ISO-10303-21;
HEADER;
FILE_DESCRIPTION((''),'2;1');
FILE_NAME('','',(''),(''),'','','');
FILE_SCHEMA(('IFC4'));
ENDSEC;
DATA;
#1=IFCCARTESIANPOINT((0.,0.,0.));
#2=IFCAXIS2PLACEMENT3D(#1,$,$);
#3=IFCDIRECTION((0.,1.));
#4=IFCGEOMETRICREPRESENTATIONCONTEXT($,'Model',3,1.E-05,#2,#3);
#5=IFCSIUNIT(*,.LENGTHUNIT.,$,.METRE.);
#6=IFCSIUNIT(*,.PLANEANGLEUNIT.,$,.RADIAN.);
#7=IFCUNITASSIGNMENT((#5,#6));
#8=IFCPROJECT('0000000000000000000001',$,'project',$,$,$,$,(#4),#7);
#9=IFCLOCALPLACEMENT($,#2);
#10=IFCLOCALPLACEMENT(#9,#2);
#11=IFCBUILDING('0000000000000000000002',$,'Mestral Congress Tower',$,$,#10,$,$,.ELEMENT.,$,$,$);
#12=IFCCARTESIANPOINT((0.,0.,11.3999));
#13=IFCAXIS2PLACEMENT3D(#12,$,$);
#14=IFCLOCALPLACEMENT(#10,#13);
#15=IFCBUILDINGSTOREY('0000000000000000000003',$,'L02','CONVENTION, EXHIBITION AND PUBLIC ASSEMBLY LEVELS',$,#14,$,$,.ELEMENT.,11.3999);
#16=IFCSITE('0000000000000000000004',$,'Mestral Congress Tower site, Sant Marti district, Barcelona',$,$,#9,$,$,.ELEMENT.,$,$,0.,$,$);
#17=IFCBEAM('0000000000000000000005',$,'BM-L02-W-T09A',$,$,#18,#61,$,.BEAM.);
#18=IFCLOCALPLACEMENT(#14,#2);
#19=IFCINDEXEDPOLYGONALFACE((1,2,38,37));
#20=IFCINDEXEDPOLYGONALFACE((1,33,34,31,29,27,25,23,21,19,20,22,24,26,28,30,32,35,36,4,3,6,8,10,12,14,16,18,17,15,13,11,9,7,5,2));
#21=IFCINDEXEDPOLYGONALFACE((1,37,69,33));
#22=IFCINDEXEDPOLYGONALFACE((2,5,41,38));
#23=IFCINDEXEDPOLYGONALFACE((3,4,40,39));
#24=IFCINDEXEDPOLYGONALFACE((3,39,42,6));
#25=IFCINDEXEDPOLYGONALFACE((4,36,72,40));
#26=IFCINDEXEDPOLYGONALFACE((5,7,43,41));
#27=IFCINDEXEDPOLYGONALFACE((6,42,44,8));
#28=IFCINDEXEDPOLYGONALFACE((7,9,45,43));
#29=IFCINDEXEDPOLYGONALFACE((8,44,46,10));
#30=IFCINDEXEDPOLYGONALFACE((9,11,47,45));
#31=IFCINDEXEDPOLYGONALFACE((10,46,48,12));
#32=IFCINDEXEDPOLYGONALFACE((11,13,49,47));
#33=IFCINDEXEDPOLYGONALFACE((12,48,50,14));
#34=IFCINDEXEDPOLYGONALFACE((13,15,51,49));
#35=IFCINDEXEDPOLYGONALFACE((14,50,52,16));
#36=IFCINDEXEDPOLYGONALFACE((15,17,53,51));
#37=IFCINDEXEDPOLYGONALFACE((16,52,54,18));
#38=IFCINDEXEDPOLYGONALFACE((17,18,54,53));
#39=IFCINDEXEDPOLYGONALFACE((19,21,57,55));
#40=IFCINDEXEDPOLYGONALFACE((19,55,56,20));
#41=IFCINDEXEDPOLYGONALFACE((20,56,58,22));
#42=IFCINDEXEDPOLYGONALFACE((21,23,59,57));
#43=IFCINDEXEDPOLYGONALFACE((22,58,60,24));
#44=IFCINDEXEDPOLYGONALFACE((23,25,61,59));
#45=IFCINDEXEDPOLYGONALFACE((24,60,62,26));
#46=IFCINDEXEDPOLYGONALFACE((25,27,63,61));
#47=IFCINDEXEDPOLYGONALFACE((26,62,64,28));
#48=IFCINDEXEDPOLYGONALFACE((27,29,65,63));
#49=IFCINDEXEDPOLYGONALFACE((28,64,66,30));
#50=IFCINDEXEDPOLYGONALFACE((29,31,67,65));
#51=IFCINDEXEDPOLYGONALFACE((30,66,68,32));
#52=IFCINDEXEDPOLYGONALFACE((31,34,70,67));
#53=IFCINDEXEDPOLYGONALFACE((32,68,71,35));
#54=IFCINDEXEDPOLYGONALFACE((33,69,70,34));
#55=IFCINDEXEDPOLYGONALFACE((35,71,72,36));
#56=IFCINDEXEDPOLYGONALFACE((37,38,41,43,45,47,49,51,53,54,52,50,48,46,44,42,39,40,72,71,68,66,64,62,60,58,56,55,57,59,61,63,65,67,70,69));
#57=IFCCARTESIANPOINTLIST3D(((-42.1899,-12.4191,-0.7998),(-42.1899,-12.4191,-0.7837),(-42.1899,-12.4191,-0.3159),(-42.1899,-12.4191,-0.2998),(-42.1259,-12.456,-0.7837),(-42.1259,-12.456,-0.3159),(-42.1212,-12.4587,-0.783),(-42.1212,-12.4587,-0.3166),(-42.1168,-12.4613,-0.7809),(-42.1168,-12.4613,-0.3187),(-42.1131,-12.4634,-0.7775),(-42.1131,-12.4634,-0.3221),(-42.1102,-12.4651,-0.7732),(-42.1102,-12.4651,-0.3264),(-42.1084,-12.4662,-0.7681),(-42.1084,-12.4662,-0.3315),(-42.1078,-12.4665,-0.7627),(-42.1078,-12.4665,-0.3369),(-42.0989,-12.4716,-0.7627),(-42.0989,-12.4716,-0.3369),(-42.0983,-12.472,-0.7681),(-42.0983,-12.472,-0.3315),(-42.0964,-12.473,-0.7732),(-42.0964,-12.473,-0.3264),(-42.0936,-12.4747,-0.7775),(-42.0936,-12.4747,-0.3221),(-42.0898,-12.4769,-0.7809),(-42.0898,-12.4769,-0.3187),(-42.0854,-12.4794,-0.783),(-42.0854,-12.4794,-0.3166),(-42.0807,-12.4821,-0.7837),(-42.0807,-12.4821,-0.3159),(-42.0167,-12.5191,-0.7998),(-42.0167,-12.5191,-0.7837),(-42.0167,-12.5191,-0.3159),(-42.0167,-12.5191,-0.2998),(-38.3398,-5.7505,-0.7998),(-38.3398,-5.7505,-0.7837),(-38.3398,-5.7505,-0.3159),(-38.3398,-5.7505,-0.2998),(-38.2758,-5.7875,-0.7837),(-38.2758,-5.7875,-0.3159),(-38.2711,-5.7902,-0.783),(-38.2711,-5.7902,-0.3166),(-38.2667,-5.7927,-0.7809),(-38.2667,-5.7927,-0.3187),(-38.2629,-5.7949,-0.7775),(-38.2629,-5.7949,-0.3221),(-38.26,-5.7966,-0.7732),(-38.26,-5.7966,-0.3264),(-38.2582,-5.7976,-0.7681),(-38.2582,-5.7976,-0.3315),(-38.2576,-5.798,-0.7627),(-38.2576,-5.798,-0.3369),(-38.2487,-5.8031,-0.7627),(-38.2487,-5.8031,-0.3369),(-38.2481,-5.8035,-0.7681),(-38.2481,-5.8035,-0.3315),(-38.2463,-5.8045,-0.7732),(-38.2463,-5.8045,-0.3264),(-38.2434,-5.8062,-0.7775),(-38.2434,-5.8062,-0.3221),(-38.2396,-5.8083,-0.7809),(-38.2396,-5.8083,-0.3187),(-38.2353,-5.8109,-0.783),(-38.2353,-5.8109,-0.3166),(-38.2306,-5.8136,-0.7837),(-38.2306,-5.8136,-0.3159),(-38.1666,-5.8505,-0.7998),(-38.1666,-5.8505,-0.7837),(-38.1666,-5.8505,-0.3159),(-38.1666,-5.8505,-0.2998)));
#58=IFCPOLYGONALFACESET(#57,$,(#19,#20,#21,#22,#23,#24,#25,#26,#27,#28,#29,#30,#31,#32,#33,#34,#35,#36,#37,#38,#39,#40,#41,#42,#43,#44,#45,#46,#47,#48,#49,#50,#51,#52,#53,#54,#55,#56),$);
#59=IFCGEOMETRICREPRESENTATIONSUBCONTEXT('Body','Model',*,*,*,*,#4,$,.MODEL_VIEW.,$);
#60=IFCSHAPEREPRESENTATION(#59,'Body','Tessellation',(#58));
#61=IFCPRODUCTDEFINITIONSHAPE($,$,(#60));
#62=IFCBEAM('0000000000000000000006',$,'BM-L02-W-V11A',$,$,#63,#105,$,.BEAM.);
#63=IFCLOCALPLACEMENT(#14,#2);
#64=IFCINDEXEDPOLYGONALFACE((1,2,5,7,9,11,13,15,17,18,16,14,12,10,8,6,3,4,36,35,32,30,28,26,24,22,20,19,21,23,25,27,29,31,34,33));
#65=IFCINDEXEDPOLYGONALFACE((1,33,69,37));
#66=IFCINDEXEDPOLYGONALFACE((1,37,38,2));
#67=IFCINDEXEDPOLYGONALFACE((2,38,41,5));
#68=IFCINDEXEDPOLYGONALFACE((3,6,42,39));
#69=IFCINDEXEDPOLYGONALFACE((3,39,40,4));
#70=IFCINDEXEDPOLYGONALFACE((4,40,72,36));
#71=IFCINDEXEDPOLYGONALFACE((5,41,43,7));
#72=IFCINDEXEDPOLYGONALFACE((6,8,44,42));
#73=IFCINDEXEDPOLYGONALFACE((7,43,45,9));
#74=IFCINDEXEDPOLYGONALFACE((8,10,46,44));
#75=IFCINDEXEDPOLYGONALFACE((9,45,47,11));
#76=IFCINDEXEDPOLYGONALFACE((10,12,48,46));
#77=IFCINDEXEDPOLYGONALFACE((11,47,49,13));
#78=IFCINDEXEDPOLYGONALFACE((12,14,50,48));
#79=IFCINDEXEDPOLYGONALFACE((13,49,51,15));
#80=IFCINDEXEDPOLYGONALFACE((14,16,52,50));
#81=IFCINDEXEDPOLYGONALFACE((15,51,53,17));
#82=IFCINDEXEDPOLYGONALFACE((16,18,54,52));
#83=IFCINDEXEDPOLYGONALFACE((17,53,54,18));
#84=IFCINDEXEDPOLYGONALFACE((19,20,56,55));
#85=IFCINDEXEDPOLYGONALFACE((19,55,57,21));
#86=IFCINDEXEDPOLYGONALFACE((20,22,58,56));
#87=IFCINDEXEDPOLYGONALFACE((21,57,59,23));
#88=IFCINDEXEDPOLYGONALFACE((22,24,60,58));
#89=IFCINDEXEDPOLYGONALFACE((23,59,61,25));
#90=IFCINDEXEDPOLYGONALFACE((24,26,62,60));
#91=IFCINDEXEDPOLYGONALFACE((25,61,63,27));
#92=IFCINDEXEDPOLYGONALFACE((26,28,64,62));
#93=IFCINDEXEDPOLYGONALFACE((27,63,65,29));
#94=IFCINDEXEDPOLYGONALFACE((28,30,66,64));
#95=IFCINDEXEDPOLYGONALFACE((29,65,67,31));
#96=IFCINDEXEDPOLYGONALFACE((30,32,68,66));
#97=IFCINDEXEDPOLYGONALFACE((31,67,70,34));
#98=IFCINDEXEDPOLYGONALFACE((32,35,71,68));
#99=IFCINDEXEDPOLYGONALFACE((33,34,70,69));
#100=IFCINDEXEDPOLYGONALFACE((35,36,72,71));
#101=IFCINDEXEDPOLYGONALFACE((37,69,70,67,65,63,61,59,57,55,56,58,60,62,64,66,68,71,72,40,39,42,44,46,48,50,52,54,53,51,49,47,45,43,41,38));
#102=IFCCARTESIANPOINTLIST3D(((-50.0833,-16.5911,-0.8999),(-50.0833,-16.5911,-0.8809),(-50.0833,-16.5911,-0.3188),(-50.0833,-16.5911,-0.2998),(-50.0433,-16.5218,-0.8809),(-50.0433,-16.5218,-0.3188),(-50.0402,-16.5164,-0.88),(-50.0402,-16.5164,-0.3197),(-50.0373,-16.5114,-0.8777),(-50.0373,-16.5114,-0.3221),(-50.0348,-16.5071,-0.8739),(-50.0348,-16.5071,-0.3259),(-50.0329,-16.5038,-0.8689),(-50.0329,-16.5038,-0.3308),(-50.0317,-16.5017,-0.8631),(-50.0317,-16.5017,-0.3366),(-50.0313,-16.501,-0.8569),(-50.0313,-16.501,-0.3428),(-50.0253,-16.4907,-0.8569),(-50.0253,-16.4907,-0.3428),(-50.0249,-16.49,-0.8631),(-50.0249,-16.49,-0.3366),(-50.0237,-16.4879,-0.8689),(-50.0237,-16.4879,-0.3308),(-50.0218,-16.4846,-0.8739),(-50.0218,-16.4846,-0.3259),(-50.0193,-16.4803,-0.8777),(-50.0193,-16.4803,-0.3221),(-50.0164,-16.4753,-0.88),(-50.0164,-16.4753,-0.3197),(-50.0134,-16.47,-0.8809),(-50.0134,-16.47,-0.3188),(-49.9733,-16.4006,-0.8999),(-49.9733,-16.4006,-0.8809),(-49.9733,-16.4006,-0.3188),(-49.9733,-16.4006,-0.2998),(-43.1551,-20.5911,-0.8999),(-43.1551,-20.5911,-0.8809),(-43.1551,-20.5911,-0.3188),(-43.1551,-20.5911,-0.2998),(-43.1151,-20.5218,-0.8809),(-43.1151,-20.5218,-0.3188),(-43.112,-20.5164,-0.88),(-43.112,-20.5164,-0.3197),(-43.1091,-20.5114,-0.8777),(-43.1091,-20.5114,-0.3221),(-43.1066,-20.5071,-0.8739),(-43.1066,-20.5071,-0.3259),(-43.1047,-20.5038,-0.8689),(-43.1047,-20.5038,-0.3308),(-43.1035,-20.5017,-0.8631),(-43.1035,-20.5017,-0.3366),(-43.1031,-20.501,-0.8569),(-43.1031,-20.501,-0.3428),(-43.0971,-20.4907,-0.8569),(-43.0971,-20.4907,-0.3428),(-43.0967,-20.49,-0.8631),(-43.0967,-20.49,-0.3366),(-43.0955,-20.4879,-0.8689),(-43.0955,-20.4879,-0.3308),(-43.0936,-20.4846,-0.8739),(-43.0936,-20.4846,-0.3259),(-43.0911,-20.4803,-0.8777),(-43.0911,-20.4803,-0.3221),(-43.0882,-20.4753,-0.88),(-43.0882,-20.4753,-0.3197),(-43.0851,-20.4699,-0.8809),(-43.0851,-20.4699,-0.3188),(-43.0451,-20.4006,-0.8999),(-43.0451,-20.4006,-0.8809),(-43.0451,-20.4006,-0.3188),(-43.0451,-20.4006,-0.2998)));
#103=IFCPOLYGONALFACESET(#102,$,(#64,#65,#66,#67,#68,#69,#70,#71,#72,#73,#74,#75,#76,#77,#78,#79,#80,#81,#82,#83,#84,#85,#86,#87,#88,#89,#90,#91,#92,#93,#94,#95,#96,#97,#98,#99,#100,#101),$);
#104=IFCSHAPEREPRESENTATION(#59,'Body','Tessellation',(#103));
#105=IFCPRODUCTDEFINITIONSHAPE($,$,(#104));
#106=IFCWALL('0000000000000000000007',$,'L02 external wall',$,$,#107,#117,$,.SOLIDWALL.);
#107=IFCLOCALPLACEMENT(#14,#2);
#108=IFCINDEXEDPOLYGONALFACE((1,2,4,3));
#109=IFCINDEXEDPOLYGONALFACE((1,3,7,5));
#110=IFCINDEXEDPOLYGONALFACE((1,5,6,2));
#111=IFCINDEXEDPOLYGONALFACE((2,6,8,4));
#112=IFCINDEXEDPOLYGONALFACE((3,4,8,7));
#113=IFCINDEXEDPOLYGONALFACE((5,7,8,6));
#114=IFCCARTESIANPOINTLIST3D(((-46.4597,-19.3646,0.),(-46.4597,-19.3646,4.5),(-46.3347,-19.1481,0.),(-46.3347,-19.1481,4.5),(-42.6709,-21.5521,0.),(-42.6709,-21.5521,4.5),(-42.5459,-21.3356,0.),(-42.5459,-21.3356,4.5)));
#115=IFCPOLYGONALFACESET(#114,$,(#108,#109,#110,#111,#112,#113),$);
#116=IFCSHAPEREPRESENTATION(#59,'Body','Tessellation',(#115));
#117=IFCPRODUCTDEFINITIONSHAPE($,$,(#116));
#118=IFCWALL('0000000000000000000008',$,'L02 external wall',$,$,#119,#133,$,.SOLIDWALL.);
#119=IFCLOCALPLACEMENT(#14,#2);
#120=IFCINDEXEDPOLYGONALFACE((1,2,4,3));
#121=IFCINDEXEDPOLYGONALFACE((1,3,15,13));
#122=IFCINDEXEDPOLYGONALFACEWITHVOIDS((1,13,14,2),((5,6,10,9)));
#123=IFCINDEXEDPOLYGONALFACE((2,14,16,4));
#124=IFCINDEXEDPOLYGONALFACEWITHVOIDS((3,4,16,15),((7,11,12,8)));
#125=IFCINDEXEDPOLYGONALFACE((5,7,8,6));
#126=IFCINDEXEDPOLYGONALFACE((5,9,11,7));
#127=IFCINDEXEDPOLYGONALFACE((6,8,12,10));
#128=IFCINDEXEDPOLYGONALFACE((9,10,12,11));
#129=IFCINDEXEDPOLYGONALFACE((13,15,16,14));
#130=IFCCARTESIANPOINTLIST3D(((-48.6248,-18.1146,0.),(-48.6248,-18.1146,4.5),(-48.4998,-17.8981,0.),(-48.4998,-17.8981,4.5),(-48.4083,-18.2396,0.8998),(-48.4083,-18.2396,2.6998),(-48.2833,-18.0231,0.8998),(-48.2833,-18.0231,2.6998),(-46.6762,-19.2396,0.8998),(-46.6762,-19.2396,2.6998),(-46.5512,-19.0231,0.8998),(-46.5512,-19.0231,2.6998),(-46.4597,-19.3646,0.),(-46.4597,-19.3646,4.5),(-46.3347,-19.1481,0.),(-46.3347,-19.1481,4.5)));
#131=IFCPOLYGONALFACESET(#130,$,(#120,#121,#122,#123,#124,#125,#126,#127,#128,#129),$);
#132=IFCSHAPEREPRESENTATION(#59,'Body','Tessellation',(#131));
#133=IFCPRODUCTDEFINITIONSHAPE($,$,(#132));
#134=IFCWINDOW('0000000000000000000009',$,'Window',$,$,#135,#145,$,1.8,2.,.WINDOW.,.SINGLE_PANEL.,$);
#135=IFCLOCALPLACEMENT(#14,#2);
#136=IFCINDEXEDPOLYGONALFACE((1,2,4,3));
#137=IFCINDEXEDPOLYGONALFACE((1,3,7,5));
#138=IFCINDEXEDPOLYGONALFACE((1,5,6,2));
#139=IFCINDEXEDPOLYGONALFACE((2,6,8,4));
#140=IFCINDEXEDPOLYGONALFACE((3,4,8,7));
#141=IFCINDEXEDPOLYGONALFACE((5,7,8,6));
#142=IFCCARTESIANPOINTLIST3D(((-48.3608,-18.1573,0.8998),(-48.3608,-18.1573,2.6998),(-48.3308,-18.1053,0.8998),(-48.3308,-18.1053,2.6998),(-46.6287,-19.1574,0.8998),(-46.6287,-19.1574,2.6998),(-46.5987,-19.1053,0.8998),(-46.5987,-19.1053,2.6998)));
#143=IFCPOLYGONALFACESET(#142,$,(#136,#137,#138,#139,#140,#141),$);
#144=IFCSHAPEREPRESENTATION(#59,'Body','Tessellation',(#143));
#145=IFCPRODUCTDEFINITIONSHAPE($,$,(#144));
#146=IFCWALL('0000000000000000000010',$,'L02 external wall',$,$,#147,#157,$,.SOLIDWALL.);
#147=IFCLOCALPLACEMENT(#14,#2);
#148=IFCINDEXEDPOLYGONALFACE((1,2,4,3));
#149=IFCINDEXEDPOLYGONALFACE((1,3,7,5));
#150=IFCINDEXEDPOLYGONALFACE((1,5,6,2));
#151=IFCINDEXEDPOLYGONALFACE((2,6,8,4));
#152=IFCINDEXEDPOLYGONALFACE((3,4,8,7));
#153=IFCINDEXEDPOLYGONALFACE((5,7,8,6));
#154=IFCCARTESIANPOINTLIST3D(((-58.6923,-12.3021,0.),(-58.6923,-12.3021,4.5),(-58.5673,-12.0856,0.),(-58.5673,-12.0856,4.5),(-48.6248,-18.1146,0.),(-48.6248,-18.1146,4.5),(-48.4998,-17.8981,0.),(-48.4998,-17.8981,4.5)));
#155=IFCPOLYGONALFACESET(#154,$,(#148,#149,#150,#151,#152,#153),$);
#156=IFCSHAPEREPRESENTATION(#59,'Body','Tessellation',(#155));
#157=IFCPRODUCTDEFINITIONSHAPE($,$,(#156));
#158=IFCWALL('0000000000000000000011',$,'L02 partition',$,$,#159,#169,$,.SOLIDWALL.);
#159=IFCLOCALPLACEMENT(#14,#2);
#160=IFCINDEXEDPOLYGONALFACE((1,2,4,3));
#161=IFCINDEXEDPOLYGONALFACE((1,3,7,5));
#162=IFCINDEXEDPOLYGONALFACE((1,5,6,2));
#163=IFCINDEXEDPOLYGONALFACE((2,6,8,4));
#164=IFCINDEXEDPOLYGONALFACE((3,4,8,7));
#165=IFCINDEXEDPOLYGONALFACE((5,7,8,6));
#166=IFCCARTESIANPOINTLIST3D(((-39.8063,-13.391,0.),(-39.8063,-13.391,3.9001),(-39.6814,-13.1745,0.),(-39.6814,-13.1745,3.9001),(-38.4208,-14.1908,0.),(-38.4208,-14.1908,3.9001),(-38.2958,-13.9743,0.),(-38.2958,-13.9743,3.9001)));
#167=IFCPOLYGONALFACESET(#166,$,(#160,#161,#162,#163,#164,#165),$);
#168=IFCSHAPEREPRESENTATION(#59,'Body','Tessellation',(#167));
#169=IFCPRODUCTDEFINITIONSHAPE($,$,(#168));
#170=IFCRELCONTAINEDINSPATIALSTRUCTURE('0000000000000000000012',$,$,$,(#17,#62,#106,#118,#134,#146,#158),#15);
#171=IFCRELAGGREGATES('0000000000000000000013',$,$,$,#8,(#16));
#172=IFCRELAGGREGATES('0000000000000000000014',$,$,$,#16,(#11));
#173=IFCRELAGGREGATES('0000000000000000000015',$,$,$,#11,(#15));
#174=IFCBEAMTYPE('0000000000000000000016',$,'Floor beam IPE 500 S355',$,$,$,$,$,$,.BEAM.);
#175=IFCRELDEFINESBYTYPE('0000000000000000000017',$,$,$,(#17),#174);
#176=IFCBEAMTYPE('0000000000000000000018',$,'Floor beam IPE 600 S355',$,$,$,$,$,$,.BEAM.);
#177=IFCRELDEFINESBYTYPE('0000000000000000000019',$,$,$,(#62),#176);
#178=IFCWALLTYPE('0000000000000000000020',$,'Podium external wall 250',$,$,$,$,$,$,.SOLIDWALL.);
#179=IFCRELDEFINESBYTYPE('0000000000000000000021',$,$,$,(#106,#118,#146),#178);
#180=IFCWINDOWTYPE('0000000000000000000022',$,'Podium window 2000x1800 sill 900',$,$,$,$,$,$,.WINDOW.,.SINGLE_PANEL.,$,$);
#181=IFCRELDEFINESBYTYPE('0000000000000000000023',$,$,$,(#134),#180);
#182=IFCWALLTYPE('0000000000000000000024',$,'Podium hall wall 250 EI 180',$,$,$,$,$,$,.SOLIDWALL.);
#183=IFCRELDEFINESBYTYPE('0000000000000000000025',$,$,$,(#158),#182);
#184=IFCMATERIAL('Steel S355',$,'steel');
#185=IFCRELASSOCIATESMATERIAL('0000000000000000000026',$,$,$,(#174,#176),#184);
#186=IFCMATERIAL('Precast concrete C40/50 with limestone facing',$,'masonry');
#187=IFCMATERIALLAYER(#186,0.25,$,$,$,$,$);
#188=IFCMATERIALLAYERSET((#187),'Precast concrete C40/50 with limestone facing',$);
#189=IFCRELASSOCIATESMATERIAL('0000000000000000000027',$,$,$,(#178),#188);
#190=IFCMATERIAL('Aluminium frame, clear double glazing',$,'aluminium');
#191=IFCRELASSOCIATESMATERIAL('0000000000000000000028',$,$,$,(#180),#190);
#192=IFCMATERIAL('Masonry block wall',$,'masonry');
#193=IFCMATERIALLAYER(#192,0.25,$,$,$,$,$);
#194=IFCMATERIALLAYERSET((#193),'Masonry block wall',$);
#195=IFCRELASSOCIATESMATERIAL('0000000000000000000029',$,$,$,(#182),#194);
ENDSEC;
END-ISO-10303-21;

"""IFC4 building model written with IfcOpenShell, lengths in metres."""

from ifc_helpers import new_model, si_unit, direction, frame, frame_2d, origin, origin_2d, place, context, subcontext, project, spatial, rectangle, i_section, extrude, material, layer, layer_set, material_profile, profile_set, type_object, element, fill, save


model = new_model("IFC4")

# Units and contexts
model_context = context("Model", 3, precision=1e-05, world=origin(), true_north=direction((0.0, 1.0)))
body_context = subcontext(model_context, "Body", "Model", "MODEL_VIEW")
ifc_project = project(units=[si_unit("LENGTHUNIT", "METRE"), si_unit("PLANEANGLEUNIT", "RADIAN")], contexts=[model_context])

# Site, building, storey
site_placement = place(None, origin())
site = spatial("IfcSite", under=ifc_project, at=site_placement, Name="Mestral Congress Tower site, Sant Marti district, Barcelona", CompositionType="ELEMENT", RefElevation=0.0)
building_placement = place(site_placement, origin())
building = spatial("IfcBuilding", under=site, at=building_placement, Name="Mestral Congress Tower", CompositionType="ELEMENT")
storey_placement = place(building_placement, frame((0.0, 0.0, 11.3999)))
storey = spatial("IfcBuildingStorey", under=building, at=storey_placement, Name="L02", Description="CONVENTION, EXHIBITION AND PUBLIC ASSEMBLY LEVELS", CompositionType="ELEMENT", Elevation=11.3999)

# Beams
ifc_material_1 = material(Name="Steel S355", Category="steel")
ifc_material_profile_1 = material_profile(ifc_material_1, i_section(OverallWidth=0.2, OverallDepth=0.5, WebThickness=0.0103, FlangeThickness=0.0161, FilletRadius=0.021, at=origin_2d()), Name="IPE 500")
ifc_profile_set_1 = profile_set([ifc_material_profile_1], Name="Steel S355")
beam_type_1 = type_object("IfcBeamType", Name="Floor beam IPE 500 S355", PredefinedType="BEAM", material=ifc_profile_set_1)
beam_1_placement = place(storey_placement, frame((-38.2532, -5.8005, -0.5498), z_axis=(-0.500006, -0.866022, 0.0), x_axis=(0.866022, -0.500006, 0.0)))
element("IfcBeam", 1, at=beam_1_placement, inside=storey, type_object=beam_type_1, Name="BM-L02-W-T09A", PredefinedType="BEAM", context=body_context, shape_type="SweptSolid", body=[
    extrude(i_section(OverallWidth=0.2, OverallDepth=0.5, WebThickness=0.0103, FlangeThickness=0.0161, FilletRadius=0.021, at=origin_2d()), origin(), (0.0, 0.0, 1.0), 7.7002),
])
ifc_material_profile_2 = material_profile(ifc_material_1, i_section(OverallWidth=0.22, OverallDepth=0.6001, WebThickness=0.012, FlangeThickness=0.019, FilletRadius=0.0239, at=origin_2d()), Name="IPE 600")
ifc_profile_set_2 = profile_set([ifc_material_profile_2], Name="Steel S355")
beam_type_2 = type_object("IfcBeamType", Name="Floor beam IPE 600 S355", PredefinedType="BEAM", material=ifc_profile_set_2)
beam_2_placement = place(storey_placement, frame((-43.1001, -20.4958, -0.5999), z_axis=(-0.866026, 0.499999, 0.0), x_axis=(-0.499999, -0.866026, 0.0)))
element("IfcBeam", 2, at=beam_2_placement, inside=storey, type_object=beam_type_2, Name="BM-L02-W-V11A", PredefinedType="BEAM", context=body_context, shape_type="SweptSolid", body=[
    extrude(i_section(OverallWidth=0.22, OverallDepth=0.6001, WebThickness=0.012, FlangeThickness=0.019, FilletRadius=0.0239, at=origin_2d()), origin(), (0.0, 0.0, 1.0), 8.0),
])

# Wall
ifc_material_2 = material(Name="Precast concrete C40/50 with limestone facing", Category="masonry")
ifc_layer_1 = layer(ifc_material_2, 0.25)
ifc_layer_set_1 = layer_set([ifc_layer_1], Name="Precast concrete C40/50 with limestone facing")
wall_type_1 = type_object("IfcWallType", Name="Podium external wall 250", PredefinedType="SOLIDWALL", material=ifc_layer_set_1)
wall_1_placement = place(storey_placement, frame((-42.6084, -21.4438, 0.0), z_axis=(0.0, 0.0, 1.0), x_axis=(-0.866023, 0.500004, 0.0)))
element("IfcWall", 3, at=wall_1_placement, inside=storey, type_object=wall_type_1, Name="L02 external wall", PredefinedType="SOLIDWALL", context=body_context, shape_type="SweptSolid", body=[
    extrude(rectangle(XDim=4.375, YDim=0.25, at=frame_2d((2.1875, 0.0))), origin(), (0.0, 0.0, 1.0), 4.5),
])

# Wall, opening, window
wall_2_placement = place(storey_placement, frame((-46.3972, -19.2563, 0.0), z_axis=(0.0, 0.0, 1.0), x_axis=(-0.866023, 0.500004, 0.0)))
wall_2 = element("IfcWall", 4, at=wall_2_placement, inside=storey, type_object=wall_type_1, Name="L02 external wall", PredefinedType="SOLIDWALL", context=body_context, shape_type="SweptSolid", body=[
    extrude(rectangle(XDim=2.5, YDim=0.25, at=frame_2d((1.25, 0.0))), origin(), (0.0, 0.0, 1.0), 4.5),
])
opening_1_placement = place(wall_2_placement, frame((0.25, 0.0, 0.8999)))
opening_1 = element("IfcOpeningElement", 5, at=opening_1_placement, cuts=wall_2, PredefinedType="OPENING", context=body_context, shape_type="SweptSolid", body=[
    extrude(rectangle(XDim=2.0, YDim=1.8, at=frame_2d((1.0, 0.8999))), frame((0.0, 0.135, 0.0), z_axis=(0.0, -1.0, 0.0), x_axis=(1.0, 0.0, 0.0)), (0.0, 0.0, 1.0), 0.27),
])
ifc_material_3 = material(Name="Aluminium frame, clear double glazing", Category="aluminium")
window_type = type_object("IfcWindowType", Name="Podium window 2000x1800 sill 900", PartitioningType="SINGLE_PANEL", PredefinedType="WINDOW", material=ifc_material_3)
window_placement = place(opening_1_placement, origin())
window = element("IfcWindow", 6, at=window_placement, inside=storey, type_object=window_type, Name="Window", OverallHeight=1.8, OverallWidth=2.0, PartitioningType="SINGLE_PANEL", PredefinedType="WINDOW", context=body_context, shape_type="SweptSolid", body=[
    extrude(rectangle(XDim=2.0, YDim=1.8, at=frame_2d((1.0, 0.8999))), frame((0.0, 0.03, 0.0), z_axis=(0.0, -1.0, 0.0), x_axis=(1.0, 0.0, 0.0)), (0.0, 0.0, 1.0), 0.0601),
])
fill(opening_1, window)

# Walls
wall_3_placement = place(storey_placement, frame((-48.5623, -18.0063, 0.0), z_axis=(0.0, 0.0, 1.0), x_axis=(-0.866027, 0.499997, 0.0)))
element("IfcWall", 7, at=wall_3_placement, inside=storey, type_object=wall_type_1, Name="L02 external wall", PredefinedType="SOLIDWALL", context=body_context, shape_type="SweptSolid", body=[
    extrude(rectangle(XDim=11.625, YDim=0.25, at=frame_2d((5.8125, 0.0))), origin(), (0.0, 0.0, 1.0), 4.5),
])
ifc_material_4 = material(Name="Masonry block wall", Category="masonry")
ifc_layer_2 = layer(ifc_material_4, 0.25)
ifc_layer_set_2 = layer_set([ifc_layer_2], Name="Masonry block wall")
wall_type_2 = type_object("IfcWallType", Name="Podium hall wall 250 EI 180", PredefinedType="SOLIDWALL", material=ifc_layer_set_2)
wall_4_placement = place(storey_placement, frame((-38.3584, -14.0825, 0.0), z_axis=(0.0, 0.0, 1.0), x_axis=(-0.866056, 0.499947, 0.0)))
element("IfcWall", 8, at=wall_4_placement, inside=storey, type_object=wall_type_2, Name="L02 partition", PredefinedType="SOLIDWALL", context=body_context, shape_type="SweptSolid", body=[
    extrude(rectangle(XDim=1.5999, YDim=0.25, at=frame_2d((0.7998, 0.0))), origin(), (0.0, 0.0, 1.0), 3.9001),
])

save(model, "model.ifc")
